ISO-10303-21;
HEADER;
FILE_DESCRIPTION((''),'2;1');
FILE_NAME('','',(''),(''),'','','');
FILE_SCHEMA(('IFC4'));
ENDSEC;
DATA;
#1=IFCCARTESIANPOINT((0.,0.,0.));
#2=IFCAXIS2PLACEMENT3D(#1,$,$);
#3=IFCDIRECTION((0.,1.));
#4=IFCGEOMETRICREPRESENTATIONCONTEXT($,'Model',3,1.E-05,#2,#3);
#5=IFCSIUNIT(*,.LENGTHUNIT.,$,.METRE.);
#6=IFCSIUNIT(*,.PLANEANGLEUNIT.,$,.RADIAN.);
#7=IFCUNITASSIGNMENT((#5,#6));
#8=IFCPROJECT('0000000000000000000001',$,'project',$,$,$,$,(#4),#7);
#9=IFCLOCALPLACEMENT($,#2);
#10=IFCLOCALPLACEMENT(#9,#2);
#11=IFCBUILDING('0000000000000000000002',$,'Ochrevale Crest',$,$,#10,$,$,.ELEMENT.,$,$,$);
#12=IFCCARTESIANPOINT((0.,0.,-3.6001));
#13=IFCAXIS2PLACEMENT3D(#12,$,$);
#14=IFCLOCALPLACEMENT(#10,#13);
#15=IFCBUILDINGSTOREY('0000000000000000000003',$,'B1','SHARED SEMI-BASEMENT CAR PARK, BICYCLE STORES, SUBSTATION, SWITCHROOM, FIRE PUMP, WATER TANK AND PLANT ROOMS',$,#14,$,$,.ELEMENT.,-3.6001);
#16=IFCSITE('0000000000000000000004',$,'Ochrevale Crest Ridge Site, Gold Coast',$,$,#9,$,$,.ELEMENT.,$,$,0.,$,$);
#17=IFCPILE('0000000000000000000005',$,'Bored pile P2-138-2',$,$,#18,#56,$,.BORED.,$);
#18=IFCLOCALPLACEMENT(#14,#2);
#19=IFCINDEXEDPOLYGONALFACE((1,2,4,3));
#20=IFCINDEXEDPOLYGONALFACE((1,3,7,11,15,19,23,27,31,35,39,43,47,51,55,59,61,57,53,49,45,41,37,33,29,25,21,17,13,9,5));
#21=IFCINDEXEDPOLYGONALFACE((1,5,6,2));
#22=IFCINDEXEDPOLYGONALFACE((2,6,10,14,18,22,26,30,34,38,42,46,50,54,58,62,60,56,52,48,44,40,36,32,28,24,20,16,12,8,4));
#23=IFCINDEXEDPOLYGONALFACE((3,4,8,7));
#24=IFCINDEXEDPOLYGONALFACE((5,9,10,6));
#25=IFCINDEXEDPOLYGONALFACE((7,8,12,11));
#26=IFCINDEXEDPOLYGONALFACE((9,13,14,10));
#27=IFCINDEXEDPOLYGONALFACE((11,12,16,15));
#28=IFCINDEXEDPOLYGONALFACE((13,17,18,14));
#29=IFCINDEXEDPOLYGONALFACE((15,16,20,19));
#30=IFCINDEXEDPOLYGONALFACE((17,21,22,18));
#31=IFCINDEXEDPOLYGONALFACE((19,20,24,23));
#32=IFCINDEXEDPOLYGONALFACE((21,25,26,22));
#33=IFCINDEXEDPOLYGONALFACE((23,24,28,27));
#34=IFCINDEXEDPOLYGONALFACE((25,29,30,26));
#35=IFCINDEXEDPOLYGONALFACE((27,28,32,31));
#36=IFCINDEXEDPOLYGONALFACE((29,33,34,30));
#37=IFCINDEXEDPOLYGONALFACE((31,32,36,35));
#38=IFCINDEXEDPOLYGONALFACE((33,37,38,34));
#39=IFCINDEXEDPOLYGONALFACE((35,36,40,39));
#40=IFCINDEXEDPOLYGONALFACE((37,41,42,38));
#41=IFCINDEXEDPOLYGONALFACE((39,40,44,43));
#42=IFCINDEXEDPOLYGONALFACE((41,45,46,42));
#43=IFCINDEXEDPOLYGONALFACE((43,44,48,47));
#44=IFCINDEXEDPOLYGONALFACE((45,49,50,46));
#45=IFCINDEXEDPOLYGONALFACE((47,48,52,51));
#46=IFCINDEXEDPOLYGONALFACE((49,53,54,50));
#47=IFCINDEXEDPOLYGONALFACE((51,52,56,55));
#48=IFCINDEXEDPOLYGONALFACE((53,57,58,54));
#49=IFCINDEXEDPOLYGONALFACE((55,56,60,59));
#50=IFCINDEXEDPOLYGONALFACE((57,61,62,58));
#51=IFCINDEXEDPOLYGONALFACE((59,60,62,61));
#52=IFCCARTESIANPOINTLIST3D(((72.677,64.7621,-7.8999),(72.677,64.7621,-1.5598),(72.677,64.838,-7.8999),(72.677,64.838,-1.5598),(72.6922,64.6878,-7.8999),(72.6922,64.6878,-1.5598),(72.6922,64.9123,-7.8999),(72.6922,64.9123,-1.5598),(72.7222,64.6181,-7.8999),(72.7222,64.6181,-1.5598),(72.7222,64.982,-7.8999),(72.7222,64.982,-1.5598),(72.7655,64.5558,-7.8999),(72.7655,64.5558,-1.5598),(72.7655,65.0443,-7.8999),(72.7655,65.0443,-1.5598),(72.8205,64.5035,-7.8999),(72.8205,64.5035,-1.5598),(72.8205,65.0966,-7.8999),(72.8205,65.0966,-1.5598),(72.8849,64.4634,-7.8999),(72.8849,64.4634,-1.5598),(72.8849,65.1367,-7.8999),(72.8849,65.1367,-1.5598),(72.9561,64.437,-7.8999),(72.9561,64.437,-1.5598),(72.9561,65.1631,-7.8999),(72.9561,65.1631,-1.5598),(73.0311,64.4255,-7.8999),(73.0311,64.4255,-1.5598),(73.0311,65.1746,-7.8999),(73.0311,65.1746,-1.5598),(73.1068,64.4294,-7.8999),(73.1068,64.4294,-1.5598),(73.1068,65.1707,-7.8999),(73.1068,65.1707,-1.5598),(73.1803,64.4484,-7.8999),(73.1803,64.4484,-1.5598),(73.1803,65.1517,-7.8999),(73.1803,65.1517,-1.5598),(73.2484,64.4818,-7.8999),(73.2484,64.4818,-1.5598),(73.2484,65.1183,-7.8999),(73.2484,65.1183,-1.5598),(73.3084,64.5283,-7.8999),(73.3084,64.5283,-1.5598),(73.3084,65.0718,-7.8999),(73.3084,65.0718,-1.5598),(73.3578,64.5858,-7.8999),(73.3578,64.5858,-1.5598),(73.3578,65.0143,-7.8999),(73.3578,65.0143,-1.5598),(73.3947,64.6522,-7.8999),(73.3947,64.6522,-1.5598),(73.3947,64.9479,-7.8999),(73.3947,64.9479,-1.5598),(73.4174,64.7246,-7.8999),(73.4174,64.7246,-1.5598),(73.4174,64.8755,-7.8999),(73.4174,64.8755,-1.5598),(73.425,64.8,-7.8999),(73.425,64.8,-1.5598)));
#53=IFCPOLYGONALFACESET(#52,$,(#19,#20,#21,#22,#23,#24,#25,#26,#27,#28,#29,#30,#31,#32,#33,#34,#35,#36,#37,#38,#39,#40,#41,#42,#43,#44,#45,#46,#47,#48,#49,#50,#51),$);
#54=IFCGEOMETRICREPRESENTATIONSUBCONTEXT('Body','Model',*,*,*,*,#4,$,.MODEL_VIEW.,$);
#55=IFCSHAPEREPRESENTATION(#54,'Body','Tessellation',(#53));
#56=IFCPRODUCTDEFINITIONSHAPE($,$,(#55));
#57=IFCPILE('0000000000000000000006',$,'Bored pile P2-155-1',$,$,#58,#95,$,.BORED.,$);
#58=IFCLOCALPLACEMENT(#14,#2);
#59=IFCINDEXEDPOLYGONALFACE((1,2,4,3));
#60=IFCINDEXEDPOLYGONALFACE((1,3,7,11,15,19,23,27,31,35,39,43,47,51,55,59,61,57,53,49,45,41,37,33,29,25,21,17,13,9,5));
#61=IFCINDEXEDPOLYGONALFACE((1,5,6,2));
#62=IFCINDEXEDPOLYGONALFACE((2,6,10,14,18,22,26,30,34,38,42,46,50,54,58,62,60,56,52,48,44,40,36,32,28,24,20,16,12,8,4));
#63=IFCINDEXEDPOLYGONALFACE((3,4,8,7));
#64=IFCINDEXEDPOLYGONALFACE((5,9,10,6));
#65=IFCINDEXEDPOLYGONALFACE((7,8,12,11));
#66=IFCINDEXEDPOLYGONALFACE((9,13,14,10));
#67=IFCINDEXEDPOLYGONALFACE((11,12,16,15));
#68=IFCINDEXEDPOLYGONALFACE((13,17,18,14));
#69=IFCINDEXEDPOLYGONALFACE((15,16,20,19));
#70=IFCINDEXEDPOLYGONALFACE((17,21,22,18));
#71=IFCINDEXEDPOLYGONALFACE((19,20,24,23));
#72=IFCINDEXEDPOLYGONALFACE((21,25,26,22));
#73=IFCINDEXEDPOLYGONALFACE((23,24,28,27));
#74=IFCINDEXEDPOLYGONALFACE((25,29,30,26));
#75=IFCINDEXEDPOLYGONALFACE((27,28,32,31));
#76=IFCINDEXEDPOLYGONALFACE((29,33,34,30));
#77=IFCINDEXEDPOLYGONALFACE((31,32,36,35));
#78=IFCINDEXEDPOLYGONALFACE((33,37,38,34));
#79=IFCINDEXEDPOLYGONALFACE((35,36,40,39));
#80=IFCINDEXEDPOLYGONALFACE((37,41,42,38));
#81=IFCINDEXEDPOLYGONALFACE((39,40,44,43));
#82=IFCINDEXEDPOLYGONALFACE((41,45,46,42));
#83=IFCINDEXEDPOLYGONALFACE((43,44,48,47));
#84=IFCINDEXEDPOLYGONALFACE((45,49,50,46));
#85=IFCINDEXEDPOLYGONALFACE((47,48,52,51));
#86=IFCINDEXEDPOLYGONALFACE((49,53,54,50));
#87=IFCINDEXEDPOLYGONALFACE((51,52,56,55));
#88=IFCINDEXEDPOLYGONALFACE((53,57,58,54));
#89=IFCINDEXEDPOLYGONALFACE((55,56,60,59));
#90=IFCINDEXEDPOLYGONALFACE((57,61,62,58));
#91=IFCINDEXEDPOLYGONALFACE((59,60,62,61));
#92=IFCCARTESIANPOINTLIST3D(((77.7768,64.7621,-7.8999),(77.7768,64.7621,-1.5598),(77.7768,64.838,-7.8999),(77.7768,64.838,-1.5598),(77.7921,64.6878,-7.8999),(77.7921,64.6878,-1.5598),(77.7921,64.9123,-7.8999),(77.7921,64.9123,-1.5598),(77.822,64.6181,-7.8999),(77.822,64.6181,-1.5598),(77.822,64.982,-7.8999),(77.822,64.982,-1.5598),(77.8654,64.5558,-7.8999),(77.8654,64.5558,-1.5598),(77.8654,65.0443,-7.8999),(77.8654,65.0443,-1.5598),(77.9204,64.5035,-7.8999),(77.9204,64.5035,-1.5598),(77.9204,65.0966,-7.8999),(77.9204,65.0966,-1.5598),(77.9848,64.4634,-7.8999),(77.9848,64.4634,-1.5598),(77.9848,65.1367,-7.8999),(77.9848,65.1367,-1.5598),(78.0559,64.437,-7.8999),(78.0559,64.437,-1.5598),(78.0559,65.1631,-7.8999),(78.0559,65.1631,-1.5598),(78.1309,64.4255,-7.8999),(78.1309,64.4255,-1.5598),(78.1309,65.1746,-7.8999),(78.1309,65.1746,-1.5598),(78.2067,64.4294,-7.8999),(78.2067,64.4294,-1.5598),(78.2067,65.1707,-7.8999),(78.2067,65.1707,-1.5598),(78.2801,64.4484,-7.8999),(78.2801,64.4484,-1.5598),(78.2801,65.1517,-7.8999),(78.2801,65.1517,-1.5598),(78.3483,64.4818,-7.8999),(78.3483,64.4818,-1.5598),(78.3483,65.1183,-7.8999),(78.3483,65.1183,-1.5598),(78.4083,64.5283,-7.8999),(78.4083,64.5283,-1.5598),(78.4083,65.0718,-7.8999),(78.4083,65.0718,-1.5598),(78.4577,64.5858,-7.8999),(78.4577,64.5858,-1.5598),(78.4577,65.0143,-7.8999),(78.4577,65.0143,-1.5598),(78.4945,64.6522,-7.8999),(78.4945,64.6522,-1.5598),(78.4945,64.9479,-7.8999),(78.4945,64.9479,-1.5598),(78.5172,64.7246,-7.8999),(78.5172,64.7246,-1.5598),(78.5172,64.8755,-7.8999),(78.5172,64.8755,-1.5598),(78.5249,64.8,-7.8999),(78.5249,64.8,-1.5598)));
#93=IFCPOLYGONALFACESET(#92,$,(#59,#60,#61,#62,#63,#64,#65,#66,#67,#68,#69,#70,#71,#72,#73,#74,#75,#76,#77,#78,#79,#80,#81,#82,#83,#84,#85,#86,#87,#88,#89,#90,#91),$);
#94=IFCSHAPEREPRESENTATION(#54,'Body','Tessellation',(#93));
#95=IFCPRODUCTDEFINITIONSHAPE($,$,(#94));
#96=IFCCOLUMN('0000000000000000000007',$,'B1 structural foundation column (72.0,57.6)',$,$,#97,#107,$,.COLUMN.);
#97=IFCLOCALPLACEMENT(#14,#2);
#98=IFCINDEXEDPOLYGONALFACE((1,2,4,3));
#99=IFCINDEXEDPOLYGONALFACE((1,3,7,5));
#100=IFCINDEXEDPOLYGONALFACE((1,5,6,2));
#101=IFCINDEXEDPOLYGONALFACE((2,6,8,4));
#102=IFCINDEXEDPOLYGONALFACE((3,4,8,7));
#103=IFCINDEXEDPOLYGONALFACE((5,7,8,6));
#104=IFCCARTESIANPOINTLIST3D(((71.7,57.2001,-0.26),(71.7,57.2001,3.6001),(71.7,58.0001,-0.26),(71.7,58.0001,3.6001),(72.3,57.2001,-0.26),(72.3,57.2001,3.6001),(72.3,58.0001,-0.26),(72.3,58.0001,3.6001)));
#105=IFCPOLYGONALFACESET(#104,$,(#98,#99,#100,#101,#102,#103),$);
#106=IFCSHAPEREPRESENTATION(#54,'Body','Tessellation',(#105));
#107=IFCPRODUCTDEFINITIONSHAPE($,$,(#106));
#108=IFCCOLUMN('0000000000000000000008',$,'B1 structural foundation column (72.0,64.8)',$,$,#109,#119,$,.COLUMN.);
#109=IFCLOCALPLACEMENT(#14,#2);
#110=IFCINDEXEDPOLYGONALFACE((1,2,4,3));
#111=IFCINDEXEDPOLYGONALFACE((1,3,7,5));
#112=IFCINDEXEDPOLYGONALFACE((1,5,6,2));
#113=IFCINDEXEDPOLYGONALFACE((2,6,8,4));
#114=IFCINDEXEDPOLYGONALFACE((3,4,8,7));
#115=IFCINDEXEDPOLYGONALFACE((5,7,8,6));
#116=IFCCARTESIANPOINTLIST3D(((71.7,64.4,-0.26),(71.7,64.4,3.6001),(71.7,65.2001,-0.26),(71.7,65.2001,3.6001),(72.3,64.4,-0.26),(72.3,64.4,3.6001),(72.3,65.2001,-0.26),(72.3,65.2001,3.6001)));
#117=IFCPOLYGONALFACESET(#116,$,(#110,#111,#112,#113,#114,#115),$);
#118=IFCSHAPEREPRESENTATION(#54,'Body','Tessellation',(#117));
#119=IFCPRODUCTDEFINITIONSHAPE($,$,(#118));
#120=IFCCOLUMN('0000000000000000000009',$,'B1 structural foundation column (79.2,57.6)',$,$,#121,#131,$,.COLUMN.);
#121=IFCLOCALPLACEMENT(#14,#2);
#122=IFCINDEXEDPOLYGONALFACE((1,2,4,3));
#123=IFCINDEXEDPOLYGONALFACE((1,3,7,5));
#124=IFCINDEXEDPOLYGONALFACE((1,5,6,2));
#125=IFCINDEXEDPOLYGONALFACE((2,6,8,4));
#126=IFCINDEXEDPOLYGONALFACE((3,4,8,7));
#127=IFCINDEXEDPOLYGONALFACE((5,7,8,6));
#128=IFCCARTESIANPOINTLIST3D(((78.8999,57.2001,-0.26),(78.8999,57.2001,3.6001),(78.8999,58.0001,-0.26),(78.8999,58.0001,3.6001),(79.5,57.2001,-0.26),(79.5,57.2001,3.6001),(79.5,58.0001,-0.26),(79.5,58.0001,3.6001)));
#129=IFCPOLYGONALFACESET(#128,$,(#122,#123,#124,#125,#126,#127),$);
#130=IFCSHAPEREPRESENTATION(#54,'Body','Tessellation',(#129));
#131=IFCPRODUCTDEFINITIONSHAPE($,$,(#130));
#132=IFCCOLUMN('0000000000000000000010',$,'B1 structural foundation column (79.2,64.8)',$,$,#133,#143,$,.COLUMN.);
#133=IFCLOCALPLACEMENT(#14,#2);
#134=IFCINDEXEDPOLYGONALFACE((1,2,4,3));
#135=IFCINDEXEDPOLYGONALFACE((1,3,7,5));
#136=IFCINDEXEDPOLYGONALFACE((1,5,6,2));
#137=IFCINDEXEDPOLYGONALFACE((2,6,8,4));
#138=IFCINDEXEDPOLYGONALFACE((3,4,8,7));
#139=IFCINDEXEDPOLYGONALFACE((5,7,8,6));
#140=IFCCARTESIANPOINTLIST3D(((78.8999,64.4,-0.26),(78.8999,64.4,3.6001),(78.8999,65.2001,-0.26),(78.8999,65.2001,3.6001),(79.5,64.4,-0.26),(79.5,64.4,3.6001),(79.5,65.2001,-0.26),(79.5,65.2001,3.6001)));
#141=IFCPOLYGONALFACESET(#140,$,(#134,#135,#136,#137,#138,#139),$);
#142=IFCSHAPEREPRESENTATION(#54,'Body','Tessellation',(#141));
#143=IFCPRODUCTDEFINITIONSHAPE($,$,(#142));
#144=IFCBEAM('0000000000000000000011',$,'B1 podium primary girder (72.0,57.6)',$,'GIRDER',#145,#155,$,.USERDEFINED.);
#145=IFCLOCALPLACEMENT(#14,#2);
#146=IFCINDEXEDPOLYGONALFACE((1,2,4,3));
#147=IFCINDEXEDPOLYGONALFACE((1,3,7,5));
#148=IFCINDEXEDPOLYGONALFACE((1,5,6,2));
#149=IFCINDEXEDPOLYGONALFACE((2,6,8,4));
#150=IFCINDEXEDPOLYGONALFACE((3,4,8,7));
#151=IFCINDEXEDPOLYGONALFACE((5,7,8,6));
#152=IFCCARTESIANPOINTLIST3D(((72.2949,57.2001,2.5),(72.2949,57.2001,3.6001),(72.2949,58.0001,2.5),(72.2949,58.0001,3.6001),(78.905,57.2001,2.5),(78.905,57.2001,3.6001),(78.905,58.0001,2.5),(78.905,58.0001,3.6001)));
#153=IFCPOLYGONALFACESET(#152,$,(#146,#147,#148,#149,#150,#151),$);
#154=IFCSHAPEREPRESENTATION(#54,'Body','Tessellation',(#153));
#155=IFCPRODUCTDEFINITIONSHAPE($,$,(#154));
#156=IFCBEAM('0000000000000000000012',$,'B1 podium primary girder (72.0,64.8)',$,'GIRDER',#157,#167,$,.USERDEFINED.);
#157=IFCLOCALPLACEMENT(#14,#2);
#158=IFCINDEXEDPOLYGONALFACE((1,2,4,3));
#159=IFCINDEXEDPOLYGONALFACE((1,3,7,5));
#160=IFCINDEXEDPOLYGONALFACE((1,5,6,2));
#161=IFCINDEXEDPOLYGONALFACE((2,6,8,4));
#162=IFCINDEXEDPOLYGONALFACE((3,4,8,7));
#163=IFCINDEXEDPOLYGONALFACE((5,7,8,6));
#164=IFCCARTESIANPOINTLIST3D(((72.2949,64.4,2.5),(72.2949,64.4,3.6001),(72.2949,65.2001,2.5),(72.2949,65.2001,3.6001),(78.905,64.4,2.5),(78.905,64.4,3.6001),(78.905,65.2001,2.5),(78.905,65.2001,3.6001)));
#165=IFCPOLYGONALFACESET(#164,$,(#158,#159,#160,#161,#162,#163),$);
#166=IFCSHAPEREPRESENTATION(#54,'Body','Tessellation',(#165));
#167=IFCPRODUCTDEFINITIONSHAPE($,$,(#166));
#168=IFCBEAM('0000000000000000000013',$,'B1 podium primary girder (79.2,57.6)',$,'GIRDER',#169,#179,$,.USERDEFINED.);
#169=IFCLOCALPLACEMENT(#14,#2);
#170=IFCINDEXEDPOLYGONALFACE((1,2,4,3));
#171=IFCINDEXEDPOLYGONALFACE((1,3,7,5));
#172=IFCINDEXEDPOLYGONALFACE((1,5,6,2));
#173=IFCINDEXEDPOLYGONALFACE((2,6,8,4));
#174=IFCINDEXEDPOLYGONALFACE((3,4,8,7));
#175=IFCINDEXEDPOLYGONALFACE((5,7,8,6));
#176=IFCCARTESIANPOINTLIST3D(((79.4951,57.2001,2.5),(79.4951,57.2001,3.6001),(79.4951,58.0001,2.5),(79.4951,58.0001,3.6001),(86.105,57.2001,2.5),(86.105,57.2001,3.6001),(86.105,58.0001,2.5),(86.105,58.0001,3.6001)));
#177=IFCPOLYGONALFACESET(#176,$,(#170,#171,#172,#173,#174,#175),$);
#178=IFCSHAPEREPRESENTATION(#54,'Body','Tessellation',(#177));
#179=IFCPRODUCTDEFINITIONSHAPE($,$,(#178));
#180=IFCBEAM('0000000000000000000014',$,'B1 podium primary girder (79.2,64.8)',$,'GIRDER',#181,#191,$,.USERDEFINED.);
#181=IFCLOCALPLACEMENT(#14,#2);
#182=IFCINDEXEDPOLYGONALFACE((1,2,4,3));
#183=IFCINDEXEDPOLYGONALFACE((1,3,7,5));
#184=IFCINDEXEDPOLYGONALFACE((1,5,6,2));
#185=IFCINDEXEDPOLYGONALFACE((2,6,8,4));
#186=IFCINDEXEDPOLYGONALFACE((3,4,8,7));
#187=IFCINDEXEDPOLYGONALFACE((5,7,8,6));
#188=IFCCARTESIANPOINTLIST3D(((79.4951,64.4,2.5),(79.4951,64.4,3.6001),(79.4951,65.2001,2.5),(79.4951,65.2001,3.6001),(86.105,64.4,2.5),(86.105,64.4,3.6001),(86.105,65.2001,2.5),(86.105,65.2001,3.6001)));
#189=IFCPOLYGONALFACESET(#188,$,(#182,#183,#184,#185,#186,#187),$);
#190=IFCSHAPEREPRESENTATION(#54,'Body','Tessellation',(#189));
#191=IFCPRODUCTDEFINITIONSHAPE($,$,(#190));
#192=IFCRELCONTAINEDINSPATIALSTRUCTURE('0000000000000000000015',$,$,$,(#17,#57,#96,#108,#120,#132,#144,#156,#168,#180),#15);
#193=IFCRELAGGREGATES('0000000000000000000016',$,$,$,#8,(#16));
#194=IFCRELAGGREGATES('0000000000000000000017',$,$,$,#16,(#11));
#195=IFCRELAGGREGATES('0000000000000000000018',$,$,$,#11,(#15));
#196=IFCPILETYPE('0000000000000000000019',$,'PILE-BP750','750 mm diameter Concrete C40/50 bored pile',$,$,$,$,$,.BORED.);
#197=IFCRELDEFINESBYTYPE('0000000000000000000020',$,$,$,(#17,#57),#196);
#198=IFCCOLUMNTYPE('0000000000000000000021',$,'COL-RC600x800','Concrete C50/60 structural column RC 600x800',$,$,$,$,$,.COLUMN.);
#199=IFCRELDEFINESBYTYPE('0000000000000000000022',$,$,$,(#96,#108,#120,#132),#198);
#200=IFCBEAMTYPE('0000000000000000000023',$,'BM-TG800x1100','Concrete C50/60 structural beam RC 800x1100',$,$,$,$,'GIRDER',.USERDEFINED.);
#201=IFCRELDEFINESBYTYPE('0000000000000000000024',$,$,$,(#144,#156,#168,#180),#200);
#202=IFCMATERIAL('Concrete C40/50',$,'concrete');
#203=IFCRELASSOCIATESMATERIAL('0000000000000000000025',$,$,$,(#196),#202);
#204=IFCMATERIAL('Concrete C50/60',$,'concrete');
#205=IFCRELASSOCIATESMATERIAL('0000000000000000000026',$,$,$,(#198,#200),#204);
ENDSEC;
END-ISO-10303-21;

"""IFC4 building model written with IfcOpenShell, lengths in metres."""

from ifc_helpers import new_model, si_unit, direction, frame, origin, origin_2d, place, context, subcontext, project, spatial, rectangle, circle, extrude, material, material_profile, profile_set, type_object, element, save


model = new_model("IFC4")

# Units and contexts
model_context = context("Model", 3, precision=1e-05, world=origin(), true_north=direction((0.0, 1.0)))
body_context = subcontext(model_context, "Body", "Model", "MODEL_VIEW")
ifc_project = project(units=[si_unit("LENGTHUNIT", "METRE"), si_unit("PLANEANGLEUNIT", "RADIAN")], contexts=[model_context])

# Site, building, storey
site_placement = place(None, origin())
site = spatial("IfcSite", under=ifc_project, at=site_placement, Name="Ochrevale Crest Ridge Site, Gold Coast", CompositionType="ELEMENT", RefElevation=0.0)
building_placement = place(site_placement, origin())
building = spatial("IfcBuilding", under=site, at=building_placement, Name="Ochrevale Crest", CompositionType="ELEMENT")
storey_placement = place(building_placement, frame((0.0, 0.0, -3.6001)))
storey = spatial("IfcBuildingStorey", under=building, at=storey_placement, Name="B1", Description="SHARED SEMI-BASEMENT CAR PARK, BICYCLE STORES, SUBSTATION, SWITCHROOM, FIRE PUMP, WATER TANK AND PLANT ROOMS", CompositionType="ELEMENT", Elevation=-3.6001)

# Shared definitions
ifc_material_1 = material(Name="Concrete C40/50", Category="concrete")

# Piles
ifc_material_profile_1 = material_profile(ifc_material_1, circle(Radius=0.375, at=origin_2d()), Name="BORED PILE 750")
ifc_profile_set_1 = profile_set([ifc_material_profile_1], Name="Concrete C40/50")
pile_type_1 = type_object("IfcPileType", Name="PILE-BP750", Description="750 mm diameter Concrete C40/50 bored pile", PredefinedType="BORED", material=ifc_profile_set_1)
for number, where, z_axis, x_axis, name in (
    (1, (73.05, 64.8, -1.5598), (0.0, 0.0, -1.0), (1.0, 0.0, 0.0), "Bored pile P2-138-2"),
    (2, (78.1499, 64.8, -1.5598), (0.0, 0.0, -1.0), (1.0, 0.0, 0.0), "Bored pile P2-155-1"),
):
    element("IfcPile", number, at=place(storey_placement, frame(where, z_axis=z_axis, x_axis=x_axis)), inside=storey, type_object=pile_type_1, Name=name, PredefinedType="BORED", context=body_context, shape_type="SweptSolid", body=[
        extrude(circle(Radius=0.375, at=origin_2d()), origin(), (0.0, 0.0, 1.0), 6.3401),
    ])

# Columns
ifc_material_2 = material(Name="Concrete C50/60", Category="concrete")
ifc_material_profile_2 = material_profile(ifc_material_2, rectangle(XDim=0.6001, YDim=0.8, at=origin_2d()), Name="RC 600x800")
ifc_profile_set_2 = profile_set([ifc_material_profile_2], Name="Concrete C50/60")
column_type = type_object("IfcColumnType", Name="COL-RC600x800", Description="Concrete C50/60 structural column RC 600x800", PredefinedType="COLUMN", material=ifc_profile_set_2)
for number, where, z_axis, x_axis, name in (
    (3, (72.0, 57.6001, -0.26), (0.0, 0.0, 1.0), (1.0, 0.0, 0.0), "B1 structural foundation column (72.0,57.6)"),
    (4, (72.0, 64.8, -0.26), (0.0, 0.0, 1.0), (1.0, 0.0, 0.0), "B1 structural foundation column (72.0,64.8)"),
    (5, (79.2, 57.6001, -0.26), (0.0, 0.0, 1.0), (1.0, 0.0, 0.0), "B1 structural foundation column (79.2,57.6)"),
    (6, (79.2, 64.8, -0.26), (0.0, 0.0, 1.0), (1.0, 0.0, 0.0), "B1 structural foundation column (79.2,64.8)"),
):
    element("IfcColumn", number, at=place(storey_placement, frame(where, z_axis=z_axis, x_axis=x_axis)), inside=storey, type_object=column_type, Name=name, PredefinedType="COLUMN", context=body_context, shape_type="SweptSolid", body=[
        extrude(rectangle(XDim=0.6001, YDim=0.8, at=origin_2d()), origin(), (0.0, 0.0, 1.0), 3.8601),
    ])

# Beams
ifc_material_profile_3 = material_profile(ifc_material_2, rectangle(XDim=0.8, YDim=1.1001, at=origin_2d()), Name="RC 800x1100")
ifc_profile_set_3 = profile_set([ifc_material_profile_3], Name="Concrete C50/60")
beam_type_1 = type_object("IfcBeamType", Name="BM-TG800x1100", Description="Concrete C50/60 structural beam RC 800x1100", ElementType="GIRDER", PredefinedType="USERDEFINED", material=ifc_profile_set_3)
for number, where, z_axis, x_axis, name in (
    (7, (72.2949, 57.6001, 3.05), (1.0, 0.0, 0.0), (0.0, 1.0, 0.0), "B1 podium primary girder (72.0,57.6)"),
    (8, (72.2949, 64.8, 3.05), (1.0, 0.0, 0.0), (0.0, 1.0, 0.0), "B1 podium primary girder (72.0,64.8)"),
):
    element("IfcBeam", number, at=place(storey_placement, frame(where, z_axis=z_axis, x_axis=x_axis)), inside=storey, type_object=beam_type_1, Name=name, ObjectType="GIRDER", PredefinedType="USERDEFINED", context=body_context, shape_type="SweptSolid", body=[
        extrude(rectangle(XDim=0.8, YDim=1.1001, at=origin_2d()), origin(), (0.0, 0.0, 1.0), 6.6101),
    ])
for number, where, z_axis, x_axis, name in (
    (9, (79.4951, 57.6001, 3.05), (1.0, 0.0, 0.0), (0.0, 1.0, 0.0), "B1 podium primary girder (79.2,57.6)"),
    (10, (79.4951, 64.8, 3.05), (1.0, 0.0, 0.0), (0.0, 1.0, 0.0), "B1 podium primary girder (79.2,64.8)"),
):
    element("IfcBeam", number, at=place(storey_placement, frame(where, z_axis=z_axis, x_axis=x_axis)), inside=storey, type_object=beam_type_1, Name=name, ObjectType="GIRDER", PredefinedType="USERDEFINED", context=body_context, shape_type="SweptSolid", body=[
        extrude(rectangle(XDim=0.8, YDim=1.1001, at=origin_2d()), origin(), (0.0, 0.0, 1.0), 6.6099),
    ])

save(model, "model.ifc")
